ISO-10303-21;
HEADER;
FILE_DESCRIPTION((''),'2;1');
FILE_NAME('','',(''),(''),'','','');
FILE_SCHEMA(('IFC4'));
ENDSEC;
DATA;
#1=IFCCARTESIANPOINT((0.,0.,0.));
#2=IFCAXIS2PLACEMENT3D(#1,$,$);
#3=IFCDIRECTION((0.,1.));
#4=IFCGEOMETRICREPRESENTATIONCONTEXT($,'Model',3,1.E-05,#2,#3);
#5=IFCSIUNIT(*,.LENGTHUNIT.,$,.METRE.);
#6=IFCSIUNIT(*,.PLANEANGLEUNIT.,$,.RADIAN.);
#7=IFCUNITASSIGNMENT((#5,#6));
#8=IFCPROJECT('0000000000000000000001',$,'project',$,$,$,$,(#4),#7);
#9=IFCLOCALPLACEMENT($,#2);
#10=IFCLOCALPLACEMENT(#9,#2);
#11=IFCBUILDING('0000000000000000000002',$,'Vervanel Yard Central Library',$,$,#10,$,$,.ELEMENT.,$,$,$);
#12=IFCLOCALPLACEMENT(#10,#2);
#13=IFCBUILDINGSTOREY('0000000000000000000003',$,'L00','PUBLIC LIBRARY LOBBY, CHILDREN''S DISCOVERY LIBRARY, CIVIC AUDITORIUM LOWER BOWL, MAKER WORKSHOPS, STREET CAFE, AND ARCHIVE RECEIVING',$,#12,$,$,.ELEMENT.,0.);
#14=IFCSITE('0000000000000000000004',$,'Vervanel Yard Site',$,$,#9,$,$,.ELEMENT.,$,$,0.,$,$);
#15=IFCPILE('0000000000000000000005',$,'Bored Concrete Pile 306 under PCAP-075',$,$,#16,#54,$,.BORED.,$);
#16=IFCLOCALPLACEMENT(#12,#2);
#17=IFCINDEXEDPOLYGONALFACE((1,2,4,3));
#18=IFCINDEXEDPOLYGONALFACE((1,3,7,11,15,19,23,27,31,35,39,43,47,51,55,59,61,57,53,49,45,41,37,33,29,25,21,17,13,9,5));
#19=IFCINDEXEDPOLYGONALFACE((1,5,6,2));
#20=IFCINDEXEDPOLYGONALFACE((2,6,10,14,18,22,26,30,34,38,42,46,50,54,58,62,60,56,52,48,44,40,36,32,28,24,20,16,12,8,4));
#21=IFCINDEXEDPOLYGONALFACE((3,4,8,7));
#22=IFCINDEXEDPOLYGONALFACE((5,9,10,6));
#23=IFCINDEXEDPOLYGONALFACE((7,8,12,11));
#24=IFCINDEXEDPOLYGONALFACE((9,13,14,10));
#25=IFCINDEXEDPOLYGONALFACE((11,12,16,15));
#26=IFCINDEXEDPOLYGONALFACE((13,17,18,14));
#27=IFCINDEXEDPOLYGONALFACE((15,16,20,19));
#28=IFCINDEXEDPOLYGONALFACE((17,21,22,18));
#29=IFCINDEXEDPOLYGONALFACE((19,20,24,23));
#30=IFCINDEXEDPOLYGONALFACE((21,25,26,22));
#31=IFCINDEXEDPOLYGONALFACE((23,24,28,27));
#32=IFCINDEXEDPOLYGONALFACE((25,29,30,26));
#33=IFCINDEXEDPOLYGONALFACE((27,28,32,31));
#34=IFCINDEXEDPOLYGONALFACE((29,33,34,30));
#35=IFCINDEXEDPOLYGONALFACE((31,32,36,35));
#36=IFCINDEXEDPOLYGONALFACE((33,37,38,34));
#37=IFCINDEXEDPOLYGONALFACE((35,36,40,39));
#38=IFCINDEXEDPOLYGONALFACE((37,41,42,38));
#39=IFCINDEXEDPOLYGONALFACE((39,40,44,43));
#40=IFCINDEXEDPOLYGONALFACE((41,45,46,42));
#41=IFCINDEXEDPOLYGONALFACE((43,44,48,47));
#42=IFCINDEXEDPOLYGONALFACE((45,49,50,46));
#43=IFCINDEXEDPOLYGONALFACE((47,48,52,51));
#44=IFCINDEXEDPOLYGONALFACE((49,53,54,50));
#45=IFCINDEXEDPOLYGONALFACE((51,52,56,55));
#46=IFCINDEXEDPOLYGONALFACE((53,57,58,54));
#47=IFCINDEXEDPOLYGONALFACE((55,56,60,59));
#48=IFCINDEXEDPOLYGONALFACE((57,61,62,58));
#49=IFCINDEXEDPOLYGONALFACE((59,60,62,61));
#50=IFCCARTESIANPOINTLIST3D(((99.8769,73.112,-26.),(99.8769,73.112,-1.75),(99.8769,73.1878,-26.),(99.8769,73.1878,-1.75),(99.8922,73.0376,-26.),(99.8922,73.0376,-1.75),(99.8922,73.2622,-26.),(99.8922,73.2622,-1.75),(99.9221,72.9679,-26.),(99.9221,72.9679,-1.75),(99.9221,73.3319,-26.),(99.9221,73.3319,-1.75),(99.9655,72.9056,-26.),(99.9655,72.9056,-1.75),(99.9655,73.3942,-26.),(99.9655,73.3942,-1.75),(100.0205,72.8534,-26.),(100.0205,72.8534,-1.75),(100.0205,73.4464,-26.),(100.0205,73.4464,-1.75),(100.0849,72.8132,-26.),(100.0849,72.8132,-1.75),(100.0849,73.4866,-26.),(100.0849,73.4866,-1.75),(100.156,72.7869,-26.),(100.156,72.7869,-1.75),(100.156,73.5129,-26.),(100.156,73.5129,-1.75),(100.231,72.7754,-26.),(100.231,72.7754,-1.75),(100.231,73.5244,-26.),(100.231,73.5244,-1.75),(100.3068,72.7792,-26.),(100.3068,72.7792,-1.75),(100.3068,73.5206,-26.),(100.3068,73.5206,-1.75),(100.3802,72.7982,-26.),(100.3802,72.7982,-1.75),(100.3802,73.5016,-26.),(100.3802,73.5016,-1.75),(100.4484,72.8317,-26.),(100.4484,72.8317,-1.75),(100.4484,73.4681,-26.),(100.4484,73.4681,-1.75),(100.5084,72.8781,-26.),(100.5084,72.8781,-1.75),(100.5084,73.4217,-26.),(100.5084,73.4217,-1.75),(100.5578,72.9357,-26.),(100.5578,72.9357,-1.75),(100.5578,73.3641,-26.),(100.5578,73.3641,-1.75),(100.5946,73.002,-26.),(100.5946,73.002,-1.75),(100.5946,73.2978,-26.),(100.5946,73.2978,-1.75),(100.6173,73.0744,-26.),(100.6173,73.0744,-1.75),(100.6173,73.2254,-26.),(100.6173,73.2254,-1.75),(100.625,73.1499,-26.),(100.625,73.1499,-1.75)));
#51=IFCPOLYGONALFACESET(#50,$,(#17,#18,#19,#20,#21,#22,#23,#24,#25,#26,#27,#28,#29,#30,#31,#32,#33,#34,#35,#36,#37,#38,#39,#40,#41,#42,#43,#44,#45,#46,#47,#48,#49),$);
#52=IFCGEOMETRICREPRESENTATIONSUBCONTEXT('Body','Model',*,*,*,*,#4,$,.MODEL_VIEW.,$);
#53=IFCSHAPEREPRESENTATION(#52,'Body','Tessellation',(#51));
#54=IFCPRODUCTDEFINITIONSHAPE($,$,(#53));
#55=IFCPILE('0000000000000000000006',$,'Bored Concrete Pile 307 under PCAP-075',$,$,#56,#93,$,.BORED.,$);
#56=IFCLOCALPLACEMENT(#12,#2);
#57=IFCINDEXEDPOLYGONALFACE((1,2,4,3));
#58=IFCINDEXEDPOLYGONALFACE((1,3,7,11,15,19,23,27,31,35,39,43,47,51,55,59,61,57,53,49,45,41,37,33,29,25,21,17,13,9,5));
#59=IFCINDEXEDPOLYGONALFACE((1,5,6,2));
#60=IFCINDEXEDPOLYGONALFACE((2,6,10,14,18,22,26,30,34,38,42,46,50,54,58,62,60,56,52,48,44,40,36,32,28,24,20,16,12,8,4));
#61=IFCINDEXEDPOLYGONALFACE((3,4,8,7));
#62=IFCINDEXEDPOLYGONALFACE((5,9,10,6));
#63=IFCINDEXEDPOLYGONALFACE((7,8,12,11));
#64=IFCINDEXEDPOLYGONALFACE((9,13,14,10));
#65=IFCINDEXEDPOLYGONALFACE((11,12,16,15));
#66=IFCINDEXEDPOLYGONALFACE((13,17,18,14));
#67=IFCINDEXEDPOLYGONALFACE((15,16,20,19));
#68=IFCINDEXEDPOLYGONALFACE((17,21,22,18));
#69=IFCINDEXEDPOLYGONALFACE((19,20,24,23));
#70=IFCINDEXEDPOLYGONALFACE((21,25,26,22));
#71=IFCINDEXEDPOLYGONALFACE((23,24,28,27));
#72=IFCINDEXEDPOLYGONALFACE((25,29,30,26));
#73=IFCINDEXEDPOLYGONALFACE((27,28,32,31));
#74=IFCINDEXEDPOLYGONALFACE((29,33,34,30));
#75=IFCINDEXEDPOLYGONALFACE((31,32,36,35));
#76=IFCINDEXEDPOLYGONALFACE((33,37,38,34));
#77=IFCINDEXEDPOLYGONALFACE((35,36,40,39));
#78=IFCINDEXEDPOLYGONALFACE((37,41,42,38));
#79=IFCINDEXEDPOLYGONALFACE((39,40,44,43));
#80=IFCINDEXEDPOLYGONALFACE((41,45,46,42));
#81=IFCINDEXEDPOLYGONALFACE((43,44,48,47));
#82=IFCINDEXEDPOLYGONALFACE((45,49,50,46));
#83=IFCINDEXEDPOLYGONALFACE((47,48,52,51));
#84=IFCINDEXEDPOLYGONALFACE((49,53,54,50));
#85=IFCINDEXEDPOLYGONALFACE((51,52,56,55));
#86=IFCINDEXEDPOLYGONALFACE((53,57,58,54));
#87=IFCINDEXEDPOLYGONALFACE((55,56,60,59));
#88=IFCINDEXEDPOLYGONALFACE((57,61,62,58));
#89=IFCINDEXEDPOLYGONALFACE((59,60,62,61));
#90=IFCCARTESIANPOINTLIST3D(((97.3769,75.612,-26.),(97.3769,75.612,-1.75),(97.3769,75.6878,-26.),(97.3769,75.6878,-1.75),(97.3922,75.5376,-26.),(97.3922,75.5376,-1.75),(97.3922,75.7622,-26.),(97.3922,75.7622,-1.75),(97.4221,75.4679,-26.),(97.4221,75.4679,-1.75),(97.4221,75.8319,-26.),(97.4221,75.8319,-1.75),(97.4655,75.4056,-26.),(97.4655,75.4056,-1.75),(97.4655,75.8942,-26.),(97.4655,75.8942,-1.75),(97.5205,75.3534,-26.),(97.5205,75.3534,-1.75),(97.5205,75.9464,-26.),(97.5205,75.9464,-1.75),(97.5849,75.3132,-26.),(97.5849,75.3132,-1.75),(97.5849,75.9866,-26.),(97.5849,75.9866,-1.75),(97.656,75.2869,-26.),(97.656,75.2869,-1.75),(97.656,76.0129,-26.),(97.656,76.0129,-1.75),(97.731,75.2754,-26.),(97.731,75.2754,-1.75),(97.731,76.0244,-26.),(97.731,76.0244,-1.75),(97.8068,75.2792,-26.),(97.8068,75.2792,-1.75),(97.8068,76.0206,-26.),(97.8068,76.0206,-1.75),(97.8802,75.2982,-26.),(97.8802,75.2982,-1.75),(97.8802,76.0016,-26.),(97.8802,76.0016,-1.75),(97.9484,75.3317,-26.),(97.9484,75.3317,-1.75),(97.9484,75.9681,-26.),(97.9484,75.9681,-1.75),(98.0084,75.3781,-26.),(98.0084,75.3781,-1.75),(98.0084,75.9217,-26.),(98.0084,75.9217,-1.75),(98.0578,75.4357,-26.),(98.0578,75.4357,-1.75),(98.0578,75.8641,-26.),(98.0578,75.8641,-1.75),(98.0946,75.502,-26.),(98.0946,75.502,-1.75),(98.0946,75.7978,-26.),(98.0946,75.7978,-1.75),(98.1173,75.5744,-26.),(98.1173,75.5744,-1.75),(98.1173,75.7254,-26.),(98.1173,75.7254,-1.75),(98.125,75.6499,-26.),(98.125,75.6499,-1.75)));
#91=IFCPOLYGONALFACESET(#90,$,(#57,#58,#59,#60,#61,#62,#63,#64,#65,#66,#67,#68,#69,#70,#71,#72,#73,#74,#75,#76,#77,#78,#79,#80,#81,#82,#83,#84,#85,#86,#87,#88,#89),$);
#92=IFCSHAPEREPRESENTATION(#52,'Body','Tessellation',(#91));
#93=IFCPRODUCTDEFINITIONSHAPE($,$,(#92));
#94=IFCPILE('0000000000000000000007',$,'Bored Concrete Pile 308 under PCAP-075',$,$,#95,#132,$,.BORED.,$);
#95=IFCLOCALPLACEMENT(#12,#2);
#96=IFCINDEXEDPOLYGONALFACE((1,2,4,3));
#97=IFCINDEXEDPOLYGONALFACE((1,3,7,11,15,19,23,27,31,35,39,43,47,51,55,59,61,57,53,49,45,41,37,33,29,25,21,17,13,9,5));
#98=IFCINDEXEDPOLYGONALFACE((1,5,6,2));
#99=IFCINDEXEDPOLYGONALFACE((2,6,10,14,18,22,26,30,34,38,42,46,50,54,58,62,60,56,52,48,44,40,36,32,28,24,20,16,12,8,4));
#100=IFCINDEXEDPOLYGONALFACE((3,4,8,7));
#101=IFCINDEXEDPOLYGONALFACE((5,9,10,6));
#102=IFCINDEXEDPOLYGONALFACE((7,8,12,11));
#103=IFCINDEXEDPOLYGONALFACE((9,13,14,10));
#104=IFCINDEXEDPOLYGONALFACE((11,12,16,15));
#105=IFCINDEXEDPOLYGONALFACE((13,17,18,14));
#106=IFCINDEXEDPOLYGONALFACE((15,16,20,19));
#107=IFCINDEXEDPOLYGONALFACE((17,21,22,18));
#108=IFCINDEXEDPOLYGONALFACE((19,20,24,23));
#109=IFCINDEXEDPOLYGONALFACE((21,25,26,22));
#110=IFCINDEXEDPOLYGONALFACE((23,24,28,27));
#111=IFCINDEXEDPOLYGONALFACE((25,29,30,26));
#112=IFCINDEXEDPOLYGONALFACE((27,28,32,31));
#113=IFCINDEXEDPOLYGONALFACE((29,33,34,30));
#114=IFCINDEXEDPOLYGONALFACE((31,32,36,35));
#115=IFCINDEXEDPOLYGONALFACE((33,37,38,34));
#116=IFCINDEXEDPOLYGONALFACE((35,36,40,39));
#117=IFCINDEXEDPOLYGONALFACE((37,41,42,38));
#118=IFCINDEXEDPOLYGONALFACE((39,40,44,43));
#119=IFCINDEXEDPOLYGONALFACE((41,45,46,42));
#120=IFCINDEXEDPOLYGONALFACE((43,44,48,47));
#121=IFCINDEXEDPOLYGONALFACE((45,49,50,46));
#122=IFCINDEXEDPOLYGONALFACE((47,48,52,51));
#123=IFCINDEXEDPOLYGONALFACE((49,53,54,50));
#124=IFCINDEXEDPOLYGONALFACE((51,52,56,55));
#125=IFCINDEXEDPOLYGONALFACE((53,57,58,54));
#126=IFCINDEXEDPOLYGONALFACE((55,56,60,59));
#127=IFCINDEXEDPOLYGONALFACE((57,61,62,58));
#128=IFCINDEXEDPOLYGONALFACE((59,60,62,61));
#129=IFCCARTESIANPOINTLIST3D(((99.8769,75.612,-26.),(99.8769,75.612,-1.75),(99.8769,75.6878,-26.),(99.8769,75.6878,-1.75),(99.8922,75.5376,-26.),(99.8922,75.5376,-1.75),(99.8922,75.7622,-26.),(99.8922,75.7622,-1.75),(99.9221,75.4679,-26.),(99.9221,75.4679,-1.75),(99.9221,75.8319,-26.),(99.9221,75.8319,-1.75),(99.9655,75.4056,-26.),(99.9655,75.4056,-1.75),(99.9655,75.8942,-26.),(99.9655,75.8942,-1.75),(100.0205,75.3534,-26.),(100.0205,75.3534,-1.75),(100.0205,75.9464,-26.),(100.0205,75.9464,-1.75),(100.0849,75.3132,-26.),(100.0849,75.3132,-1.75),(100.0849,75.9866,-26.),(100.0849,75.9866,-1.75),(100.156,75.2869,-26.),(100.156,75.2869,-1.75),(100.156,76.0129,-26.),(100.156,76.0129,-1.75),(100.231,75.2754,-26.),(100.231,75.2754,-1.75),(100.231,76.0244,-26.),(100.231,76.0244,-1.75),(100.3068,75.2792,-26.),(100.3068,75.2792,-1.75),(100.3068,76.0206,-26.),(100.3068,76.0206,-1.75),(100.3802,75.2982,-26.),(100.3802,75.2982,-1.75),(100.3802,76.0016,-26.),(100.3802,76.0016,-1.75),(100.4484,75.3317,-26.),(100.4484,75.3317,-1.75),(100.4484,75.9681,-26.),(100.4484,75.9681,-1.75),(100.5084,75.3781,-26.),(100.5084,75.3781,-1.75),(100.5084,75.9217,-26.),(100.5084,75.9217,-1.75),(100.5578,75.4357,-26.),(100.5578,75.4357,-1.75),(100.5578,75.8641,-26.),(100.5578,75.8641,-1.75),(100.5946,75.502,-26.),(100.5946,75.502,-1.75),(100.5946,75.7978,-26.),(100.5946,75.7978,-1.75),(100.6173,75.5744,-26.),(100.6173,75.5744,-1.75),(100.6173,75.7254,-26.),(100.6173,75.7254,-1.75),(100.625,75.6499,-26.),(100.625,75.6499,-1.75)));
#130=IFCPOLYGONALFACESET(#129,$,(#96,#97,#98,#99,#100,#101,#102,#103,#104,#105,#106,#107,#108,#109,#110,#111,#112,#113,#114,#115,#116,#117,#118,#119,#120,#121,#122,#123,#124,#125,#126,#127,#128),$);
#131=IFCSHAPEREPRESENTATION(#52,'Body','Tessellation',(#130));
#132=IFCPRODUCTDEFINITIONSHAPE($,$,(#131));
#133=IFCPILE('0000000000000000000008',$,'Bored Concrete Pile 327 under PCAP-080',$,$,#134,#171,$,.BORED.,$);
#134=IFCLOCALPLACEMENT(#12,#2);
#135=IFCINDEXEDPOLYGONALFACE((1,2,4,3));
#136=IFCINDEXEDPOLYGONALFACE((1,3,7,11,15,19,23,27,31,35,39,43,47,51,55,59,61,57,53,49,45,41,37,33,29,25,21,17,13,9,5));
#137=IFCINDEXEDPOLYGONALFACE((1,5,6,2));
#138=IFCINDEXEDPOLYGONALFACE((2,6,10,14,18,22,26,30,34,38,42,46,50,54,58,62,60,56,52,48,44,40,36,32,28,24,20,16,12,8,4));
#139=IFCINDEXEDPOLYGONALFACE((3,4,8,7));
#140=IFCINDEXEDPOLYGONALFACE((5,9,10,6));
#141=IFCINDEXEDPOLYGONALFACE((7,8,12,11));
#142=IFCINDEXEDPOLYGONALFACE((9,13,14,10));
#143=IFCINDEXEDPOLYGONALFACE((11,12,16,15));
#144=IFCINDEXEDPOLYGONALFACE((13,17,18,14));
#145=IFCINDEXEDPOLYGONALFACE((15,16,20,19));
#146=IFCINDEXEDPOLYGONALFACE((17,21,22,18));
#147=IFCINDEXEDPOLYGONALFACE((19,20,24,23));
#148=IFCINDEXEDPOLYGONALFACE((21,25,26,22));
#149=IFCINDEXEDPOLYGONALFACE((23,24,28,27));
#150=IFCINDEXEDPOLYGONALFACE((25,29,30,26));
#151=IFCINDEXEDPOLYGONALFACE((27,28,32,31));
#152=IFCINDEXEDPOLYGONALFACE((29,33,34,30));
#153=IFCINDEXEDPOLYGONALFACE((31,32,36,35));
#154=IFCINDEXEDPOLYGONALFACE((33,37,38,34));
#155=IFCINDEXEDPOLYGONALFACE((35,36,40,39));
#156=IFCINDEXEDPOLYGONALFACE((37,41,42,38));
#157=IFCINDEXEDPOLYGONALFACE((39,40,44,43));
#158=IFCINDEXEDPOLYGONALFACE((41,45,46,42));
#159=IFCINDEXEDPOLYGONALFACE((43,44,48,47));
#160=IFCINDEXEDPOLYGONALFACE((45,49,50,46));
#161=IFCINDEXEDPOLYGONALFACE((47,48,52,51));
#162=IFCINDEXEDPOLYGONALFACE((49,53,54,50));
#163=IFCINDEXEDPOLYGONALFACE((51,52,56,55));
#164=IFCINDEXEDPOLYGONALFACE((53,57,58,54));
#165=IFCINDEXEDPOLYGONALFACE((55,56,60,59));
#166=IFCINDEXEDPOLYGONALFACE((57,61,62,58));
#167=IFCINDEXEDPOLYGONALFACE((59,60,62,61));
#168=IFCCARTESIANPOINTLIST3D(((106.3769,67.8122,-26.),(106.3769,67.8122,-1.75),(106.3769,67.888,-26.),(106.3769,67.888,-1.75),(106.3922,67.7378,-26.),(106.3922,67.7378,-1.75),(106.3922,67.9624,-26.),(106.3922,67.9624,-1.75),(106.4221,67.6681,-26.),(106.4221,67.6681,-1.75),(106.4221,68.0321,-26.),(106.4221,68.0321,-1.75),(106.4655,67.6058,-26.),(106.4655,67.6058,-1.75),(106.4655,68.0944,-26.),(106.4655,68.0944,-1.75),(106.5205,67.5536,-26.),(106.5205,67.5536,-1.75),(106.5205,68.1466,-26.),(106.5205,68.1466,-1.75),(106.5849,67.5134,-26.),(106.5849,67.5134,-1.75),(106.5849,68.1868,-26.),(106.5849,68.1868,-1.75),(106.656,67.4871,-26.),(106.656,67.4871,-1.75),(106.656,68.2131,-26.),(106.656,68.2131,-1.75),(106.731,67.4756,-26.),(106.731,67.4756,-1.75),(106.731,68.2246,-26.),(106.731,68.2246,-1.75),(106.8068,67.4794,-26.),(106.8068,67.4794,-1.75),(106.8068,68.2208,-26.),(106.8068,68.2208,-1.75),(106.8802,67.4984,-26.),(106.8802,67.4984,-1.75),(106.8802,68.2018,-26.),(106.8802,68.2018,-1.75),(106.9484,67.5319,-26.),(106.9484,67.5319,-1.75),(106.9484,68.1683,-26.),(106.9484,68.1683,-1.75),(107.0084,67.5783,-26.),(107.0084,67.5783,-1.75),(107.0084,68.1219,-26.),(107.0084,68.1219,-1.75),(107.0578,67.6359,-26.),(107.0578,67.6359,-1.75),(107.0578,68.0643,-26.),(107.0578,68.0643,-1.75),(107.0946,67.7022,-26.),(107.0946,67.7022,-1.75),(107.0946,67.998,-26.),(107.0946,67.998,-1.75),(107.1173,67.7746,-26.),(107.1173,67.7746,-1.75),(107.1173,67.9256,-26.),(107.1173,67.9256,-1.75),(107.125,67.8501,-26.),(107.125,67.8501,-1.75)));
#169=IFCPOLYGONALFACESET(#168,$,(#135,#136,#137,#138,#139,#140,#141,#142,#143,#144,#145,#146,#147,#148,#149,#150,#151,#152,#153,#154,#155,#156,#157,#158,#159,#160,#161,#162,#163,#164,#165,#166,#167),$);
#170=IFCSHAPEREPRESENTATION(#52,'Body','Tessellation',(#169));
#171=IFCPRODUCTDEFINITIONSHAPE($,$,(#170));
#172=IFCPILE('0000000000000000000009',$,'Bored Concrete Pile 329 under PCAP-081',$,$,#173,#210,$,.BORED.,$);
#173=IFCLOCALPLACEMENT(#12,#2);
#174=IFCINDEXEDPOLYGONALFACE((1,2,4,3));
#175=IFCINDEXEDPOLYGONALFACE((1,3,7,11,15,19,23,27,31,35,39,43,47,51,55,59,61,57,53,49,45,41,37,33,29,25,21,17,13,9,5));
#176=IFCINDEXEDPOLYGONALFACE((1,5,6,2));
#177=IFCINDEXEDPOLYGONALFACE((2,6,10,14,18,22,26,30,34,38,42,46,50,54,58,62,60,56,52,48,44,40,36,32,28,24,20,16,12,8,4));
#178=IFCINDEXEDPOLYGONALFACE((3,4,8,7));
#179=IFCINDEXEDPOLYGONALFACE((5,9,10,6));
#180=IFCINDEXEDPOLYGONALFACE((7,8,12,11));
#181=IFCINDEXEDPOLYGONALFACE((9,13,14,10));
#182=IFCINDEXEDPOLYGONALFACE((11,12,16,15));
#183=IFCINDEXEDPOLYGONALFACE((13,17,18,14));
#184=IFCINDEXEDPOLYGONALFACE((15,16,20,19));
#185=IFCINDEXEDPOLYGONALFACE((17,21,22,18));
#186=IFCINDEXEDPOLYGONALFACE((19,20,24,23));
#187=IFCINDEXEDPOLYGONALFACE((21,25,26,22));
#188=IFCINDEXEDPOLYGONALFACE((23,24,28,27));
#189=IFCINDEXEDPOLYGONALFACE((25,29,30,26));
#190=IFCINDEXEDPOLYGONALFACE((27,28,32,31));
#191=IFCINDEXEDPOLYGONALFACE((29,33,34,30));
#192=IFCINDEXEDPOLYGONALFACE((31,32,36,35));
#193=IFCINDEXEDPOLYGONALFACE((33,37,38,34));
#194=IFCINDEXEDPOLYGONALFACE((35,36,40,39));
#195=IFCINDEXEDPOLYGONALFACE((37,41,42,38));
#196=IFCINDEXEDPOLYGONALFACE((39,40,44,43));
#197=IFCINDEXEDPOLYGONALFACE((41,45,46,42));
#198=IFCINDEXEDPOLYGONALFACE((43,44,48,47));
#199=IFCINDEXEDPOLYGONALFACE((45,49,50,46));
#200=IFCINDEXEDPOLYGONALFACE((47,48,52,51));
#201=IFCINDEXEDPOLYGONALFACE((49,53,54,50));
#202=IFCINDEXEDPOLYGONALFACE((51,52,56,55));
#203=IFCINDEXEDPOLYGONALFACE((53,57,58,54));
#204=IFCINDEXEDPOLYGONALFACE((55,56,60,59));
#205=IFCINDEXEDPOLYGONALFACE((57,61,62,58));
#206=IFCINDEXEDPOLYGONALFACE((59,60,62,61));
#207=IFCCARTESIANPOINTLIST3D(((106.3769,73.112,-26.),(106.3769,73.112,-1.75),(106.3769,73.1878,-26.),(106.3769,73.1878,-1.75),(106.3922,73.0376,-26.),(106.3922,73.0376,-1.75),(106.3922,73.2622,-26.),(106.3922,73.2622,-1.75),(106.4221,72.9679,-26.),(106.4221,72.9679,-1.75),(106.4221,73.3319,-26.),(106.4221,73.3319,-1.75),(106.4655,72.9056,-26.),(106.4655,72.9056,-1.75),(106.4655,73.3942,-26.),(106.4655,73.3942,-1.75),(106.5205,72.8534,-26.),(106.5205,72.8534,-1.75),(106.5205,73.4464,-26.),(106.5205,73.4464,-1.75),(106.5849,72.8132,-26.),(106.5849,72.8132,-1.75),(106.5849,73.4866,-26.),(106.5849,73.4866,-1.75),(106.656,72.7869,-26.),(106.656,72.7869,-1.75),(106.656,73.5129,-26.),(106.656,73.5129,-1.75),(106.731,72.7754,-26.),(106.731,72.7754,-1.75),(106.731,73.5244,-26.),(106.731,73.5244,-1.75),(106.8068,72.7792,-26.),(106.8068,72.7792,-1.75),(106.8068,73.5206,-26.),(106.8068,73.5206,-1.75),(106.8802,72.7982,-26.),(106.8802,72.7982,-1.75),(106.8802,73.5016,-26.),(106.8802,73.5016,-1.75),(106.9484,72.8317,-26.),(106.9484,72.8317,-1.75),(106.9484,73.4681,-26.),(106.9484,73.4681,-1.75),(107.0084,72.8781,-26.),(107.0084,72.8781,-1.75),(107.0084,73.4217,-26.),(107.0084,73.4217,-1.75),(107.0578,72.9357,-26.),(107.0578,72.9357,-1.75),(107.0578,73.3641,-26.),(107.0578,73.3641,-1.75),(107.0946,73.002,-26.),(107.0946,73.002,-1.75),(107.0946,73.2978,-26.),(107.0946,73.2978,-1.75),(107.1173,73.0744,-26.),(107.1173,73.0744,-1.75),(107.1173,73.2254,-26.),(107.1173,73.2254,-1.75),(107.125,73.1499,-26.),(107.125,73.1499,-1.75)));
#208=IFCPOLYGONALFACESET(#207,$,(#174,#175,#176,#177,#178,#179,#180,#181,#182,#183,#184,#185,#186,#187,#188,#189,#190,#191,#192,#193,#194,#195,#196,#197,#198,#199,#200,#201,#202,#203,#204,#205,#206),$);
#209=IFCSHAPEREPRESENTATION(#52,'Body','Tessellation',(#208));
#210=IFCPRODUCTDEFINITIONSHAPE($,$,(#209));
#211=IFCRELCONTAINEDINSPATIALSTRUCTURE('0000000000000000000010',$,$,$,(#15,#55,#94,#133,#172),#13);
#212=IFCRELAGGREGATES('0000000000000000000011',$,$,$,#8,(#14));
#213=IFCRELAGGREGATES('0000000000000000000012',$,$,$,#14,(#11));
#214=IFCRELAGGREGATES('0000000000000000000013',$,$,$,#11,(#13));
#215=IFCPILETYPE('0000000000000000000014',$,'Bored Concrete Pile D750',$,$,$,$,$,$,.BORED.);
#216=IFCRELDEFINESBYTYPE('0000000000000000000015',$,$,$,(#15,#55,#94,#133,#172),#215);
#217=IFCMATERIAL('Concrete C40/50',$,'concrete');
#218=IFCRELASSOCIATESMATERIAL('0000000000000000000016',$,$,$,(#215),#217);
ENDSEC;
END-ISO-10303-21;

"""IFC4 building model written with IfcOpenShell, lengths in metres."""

from ifc_helpers import new_model, si_unit, direction, frame, origin, origin_2d, place, context, subcontext, project, spatial, circle, extrude, material, material_profile, profile_set, type_object, element, save


model = new_model("IFC4")

# Units and contexts
model_context = context("Model", 3, precision=1e-05, world=origin(), true_north=direction((0.0, 1.0)))
body_context = subcontext(model_context, "Body", "Model", "MODEL_VIEW")
ifc_project = project(units=[si_unit("LENGTHUNIT", "METRE"), si_unit("PLANEANGLEUNIT", "RADIAN")], contexts=[model_context])

# Site, building, storey
site_placement = place(None, origin())
site = spatial("IfcSite", under=ifc_project, at=site_placement, Name="Vervanel Yard Site", CompositionType="ELEMENT", RefElevation=0.0)
building_placement = place(site_placement, origin())
building = spatial("IfcBuilding", under=site, at=building_placement, Name="Vervanel Yard Central Library", CompositionType="ELEMENT")
storey_placement = place(building_placement, origin())
storey = spatial("IfcBuildingStorey", under=building, at=storey_placement, Name="L00", Description="PUBLIC LIBRARY LOBBY, CHILDREN'S DISCOVERY LIBRARY, CIVIC AUDITORIUM LOWER BOWL, MAKER WORKSHOPS, STREET CAFE, AND ARCHIVE RECEIVING", CompositionType="ELEMENT", Elevation=0.0)

# Piles
ifc_material_1 = material(Name="Concrete C40/50", Category="concrete")
ifc_material_profile_1 = material_profile(ifc_material_1, circle(Radius=0.375, at=origin_2d()), Name="BP D750", Category="concrete")
ifc_profile_set_1 = profile_set([ifc_material_profile_1], Name="Concrete C40/50")
pile_type_1 = type_object("IfcPileType", Name="Bored Concrete Pile D750", PredefinedType="BORED", material=ifc_profile_set_1)
for number, where, z_axis, x_axis, name in (
    (1, (100.25, 73.1499, -1.75), (0.0, 0.0, -1.0), (1.0, 0.0, 0.0), "Bored Concrete Pile 306 under PCAP-075"),
    (2, (97.75, 75.6499, -1.75), (0.0, 0.0, -1.0), (1.0, 0.0, 0.0), "Bored Concrete Pile 307 under PCAP-075"),
    (3, (100.25, 75.6499, -1.75), (0.0, 0.0, -1.0), (1.0, 0.0, 0.0), "Bored Concrete Pile 308 under PCAP-075"),
    (4, (106.75, 67.8501, -1.75), (0.0, 0.0, -1.0), (1.0, 0.0, 0.0), "Bored Concrete Pile 327 under PCAP-080"),
    (5, (106.75, 73.1499, -1.75), (0.0, 0.0, -1.0), (1.0, 0.0, 0.0), "Bored Concrete Pile 329 under PCAP-081"),
):
    element("IfcPile", number, at=place(storey_placement, frame(where, z_axis=z_axis, x_axis=x_axis)), inside=storey, type_object=pile_type_1, Name=name, PredefinedType="BORED", context=body_context, shape_type="SweptSolid", body=[
        extrude(circle(Radius=0.375, at=origin_2d()), origin(), (0.0, 0.0, 1.0), 24.25),
    ])

save(model, "model.ifc")
